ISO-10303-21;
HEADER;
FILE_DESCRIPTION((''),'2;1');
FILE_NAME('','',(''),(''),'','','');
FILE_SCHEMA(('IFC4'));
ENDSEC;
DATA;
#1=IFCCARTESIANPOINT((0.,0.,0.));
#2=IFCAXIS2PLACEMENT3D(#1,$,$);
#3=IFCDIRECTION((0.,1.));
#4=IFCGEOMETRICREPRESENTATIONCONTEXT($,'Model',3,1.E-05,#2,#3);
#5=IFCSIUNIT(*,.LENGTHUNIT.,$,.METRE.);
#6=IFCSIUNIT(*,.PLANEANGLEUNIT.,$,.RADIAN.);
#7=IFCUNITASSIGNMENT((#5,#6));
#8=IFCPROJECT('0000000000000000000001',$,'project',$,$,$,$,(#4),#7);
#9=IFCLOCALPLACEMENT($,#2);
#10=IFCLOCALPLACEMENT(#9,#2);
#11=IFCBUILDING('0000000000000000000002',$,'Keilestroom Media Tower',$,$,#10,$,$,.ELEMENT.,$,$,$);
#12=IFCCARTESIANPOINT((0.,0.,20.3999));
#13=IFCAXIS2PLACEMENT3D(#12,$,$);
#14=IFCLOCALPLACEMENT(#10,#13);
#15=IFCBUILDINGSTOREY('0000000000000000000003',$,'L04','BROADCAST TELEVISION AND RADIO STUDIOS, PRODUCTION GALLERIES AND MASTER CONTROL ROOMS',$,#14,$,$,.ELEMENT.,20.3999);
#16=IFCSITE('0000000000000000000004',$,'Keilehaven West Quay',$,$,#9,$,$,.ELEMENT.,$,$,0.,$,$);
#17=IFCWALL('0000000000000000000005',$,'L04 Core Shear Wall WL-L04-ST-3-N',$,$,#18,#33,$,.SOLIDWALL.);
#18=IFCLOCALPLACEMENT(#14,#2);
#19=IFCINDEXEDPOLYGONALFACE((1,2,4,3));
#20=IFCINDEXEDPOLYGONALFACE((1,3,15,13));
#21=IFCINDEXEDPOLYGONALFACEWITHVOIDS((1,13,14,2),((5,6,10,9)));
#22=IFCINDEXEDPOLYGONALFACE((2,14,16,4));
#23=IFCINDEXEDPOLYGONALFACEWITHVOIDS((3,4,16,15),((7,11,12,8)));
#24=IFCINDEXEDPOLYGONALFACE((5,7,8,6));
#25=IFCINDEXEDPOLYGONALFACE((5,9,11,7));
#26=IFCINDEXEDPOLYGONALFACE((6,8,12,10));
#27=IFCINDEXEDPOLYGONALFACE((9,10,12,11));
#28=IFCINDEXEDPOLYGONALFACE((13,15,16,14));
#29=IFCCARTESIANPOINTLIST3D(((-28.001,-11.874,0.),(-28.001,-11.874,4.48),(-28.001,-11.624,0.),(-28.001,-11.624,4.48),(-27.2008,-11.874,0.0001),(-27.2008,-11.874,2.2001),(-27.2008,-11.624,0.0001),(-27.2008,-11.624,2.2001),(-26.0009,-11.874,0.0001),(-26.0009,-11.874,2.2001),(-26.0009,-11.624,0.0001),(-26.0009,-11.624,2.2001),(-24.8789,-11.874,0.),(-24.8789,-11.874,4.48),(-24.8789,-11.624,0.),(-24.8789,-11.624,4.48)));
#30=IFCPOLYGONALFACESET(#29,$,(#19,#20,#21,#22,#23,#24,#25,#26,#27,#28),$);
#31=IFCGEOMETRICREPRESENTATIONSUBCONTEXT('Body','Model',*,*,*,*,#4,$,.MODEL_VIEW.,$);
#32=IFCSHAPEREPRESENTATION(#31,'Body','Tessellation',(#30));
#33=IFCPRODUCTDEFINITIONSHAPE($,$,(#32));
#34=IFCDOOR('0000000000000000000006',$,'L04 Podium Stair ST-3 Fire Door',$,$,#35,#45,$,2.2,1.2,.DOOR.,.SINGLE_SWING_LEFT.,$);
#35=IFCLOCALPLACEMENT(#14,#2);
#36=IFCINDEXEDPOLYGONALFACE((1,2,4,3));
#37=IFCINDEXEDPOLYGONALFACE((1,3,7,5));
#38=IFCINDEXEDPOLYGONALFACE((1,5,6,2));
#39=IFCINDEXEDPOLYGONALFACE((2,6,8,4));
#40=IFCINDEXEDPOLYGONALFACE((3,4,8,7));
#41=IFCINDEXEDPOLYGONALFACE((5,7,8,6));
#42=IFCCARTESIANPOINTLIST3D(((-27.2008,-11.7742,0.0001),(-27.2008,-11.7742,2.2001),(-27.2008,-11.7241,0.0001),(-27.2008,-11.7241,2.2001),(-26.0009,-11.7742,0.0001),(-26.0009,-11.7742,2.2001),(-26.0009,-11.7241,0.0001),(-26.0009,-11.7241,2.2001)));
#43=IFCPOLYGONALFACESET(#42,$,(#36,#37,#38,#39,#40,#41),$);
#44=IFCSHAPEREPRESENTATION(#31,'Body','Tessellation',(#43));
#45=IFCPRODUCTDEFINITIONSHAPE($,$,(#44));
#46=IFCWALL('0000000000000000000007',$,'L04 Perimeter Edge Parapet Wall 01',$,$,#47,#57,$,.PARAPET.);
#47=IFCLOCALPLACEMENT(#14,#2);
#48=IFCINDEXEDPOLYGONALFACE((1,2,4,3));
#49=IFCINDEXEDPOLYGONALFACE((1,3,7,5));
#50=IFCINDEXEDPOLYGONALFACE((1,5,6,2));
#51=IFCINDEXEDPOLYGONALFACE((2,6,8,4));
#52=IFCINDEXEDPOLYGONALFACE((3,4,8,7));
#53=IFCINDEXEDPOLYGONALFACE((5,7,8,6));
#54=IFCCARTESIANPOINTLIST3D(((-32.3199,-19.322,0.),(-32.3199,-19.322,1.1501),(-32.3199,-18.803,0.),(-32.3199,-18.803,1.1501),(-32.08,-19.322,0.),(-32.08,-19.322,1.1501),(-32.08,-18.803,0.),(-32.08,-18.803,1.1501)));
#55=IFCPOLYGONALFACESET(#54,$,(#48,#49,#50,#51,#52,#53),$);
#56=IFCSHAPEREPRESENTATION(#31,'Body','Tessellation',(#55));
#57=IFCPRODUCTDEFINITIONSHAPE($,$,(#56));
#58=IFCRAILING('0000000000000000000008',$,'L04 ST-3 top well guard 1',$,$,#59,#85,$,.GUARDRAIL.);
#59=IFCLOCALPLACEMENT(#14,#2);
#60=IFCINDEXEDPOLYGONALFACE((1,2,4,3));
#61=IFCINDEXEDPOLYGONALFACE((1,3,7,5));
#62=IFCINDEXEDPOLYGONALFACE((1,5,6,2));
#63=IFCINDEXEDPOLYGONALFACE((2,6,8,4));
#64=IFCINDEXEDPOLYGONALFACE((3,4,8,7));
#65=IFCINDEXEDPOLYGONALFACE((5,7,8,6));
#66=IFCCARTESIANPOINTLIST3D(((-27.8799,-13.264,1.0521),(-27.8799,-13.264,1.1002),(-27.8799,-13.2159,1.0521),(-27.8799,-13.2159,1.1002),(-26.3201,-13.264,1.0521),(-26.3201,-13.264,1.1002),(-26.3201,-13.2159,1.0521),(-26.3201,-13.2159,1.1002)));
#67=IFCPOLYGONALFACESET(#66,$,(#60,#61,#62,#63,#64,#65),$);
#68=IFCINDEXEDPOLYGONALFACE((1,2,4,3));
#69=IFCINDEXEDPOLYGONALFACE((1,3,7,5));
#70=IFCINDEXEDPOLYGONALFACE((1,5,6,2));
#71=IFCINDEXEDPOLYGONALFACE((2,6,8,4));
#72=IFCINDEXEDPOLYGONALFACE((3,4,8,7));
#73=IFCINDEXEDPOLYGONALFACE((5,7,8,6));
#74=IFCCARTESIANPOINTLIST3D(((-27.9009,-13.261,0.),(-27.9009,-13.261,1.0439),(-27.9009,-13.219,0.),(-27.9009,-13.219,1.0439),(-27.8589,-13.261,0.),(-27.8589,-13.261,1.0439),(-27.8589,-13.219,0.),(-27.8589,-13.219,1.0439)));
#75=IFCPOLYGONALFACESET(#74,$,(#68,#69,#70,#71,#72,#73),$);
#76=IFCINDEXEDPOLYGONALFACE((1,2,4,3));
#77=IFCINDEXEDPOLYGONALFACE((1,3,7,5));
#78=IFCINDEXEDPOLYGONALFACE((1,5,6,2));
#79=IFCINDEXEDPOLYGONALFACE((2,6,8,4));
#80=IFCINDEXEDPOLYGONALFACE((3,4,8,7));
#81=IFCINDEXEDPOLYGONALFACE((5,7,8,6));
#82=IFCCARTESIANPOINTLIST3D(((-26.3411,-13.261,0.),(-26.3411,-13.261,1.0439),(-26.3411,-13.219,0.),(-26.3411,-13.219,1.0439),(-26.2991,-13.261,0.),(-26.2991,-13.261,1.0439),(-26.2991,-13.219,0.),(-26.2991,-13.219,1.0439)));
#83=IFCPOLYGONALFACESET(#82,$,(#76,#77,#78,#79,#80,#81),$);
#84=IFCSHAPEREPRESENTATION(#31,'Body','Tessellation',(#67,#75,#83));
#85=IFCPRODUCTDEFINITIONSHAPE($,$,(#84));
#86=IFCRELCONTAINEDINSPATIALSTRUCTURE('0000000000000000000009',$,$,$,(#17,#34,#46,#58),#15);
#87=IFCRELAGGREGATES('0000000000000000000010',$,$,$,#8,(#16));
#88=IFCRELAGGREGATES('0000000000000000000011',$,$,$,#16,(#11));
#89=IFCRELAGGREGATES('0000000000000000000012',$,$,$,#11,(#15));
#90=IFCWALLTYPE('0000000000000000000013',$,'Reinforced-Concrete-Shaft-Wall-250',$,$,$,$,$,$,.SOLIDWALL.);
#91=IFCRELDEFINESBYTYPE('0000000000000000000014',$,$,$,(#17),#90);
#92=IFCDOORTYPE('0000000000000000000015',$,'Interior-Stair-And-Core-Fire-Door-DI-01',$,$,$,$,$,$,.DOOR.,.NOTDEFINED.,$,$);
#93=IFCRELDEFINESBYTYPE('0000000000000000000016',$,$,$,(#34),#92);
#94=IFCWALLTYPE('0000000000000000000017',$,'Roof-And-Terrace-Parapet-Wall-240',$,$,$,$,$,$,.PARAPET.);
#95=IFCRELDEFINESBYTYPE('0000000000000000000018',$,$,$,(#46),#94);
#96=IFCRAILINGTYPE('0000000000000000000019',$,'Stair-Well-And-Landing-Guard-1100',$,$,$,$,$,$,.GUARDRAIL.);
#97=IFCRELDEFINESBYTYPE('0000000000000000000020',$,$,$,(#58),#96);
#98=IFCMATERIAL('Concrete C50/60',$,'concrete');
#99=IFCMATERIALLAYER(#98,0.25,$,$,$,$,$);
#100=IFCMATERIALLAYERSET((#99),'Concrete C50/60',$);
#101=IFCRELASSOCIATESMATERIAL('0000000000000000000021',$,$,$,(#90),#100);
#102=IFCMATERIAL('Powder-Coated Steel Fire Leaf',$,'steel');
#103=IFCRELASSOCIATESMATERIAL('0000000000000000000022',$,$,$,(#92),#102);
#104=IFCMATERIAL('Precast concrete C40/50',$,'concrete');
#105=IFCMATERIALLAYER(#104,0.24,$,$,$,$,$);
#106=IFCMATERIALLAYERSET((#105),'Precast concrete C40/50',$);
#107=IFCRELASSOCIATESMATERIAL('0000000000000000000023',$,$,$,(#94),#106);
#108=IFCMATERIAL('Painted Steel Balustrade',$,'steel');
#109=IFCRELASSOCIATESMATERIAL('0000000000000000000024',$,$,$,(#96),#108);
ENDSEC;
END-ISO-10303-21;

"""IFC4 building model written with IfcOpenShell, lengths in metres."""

from ifc_helpers import new_model, si_unit, direction, frame, frame_2d, origin, origin_2d, place, context, subcontext, project, spatial, rectangle, extrude, source, transform, mapped, material, layer, layer_set, type_object, element, fill, save


model = new_model("IFC4")

# Units and contexts
model_context = context("Model", 3, precision=1e-05, world=origin(), true_north=direction((0.0, 1.0)))
body_context = subcontext(model_context, "Body", "Model", "MODEL_VIEW")
ifc_project = project(units=[si_unit("LENGTHUNIT", "METRE"), si_unit("PLANEANGLEUNIT", "RADIAN")], contexts=[model_context])

# Site, building, storey
site_placement = place(None, origin())
site = spatial("IfcSite", under=ifc_project, at=site_placement, Name="Keilehaven West Quay", CompositionType="ELEMENT", RefElevation=0.0)
building_placement = place(site_placement, origin())
building = spatial("IfcBuilding", under=site, at=building_placement, Name="Keilestroom Media Tower", CompositionType="ELEMENT")
storey_placement = place(building_placement, frame((0.0, 0.0, 20.3999)))
storey = spatial("IfcBuildingStorey", under=building, at=storey_placement, Name="L04", Description="BROADCAST TELEVISION AND RADIO STUDIOS, PRODUCTION GALLERIES AND MASTER CONTROL ROOMS", CompositionType="ELEMENT", Elevation=20.3999)

# Shared definitions
ifc_material_1 = material(Name="Precast concrete C40/50", Category="concrete")

# Shared definitions
ifc_material_2 = material(Name="Powder-Coated Steel Fire Leaf", Category="steel")
shared_shape_1 = source(origin(), body_context, "Body", "SweptSolid", [
    extrude(rectangle(XDim=1.2, YDim=2.2, at=frame_2d((0.6001, 1.1001))), frame((0.0, 0.0249, 0.0), z_axis=(0.0, -1.0, 0.0), x_axis=(1.0, 0.0, 0.0)), (0.0, 0.0, 1.0), 0.05),
])

# Shared definitions
ifc_material_3 = material(Name="Concrete C50/60", Category="concrete")
ifc_layer_1 = layer(ifc_material_3, 0.25)
ifc_layer_set_1 = layer_set([ifc_layer_1], Name="Concrete C50/60")
wall_type_1 = type_object("IfcWallType", Name="Reinforced-Concrete-Shaft-Wall-250", PredefinedType="SOLIDWALL", material=ifc_layer_set_1)

# Wall, opening, door
wall_1_placement = place(storey_placement, frame((-28.001, -11.749, 0.0), z_axis=(0.0, 0.0, 1.0), x_axis=(1.0, 0.0, 0.0)))
wall_1 = element("IfcWall", 1, at=wall_1_placement, inside=storey, type_object=wall_type_1, Name="L04 Core Shear Wall WL-L04-ST-3-N", PredefinedType="SOLIDWALL", context=body_context, shape_type="SweptSolid", body=[
    extrude(rectangle(XDim=3.1221, YDim=0.25, at=frame_2d((1.561, 0.0))), origin(), (0.0, 0.0, 1.0), 4.48),
])
opening_1_placement = place(wall_1_placement, frame((0.8, 0.0, 0.0)))
opening_1 = element("IfcOpeningElement", 2, at=opening_1_placement, cuts=wall_1, PredefinedType="OPENING", context=body_context, shape_type="SweptSolid", body=[
    extrude(rectangle(XDim=1.2, YDim=2.2, at=frame_2d((0.6001, 1.1001))), frame((0.0, 0.135, 0.0), z_axis=(0.0, -1.0, 0.0), x_axis=(1.0, 0.0, 0.0)), (0.0, 0.0, 1.0), 0.27),
])
door_type_1 = type_object("IfcDoorType", Name="Interior-Stair-And-Core-Fire-Door-DI-01", OperationType="NOTDEFINED", PredefinedType="DOOR", material=ifc_material_2)
door_1_placement = place(opening_1_placement, origin())
door_1 = element("IfcDoor", 3, at=door_1_placement, inside=storey, type_object=door_type_1, Name="L04 Podium Stair ST-3 Fire Door", OperationType="SINGLE_SWING_LEFT", OverallHeight=2.2, OverallWidth=1.2, PredefinedType="DOOR", context=body_context, shape_type="MappedRepresentation", body=[
    mapped(shared_shape_1, transform((0.0, 0.0, 0.0), x_axis=(1.0, 0.0, 0.0), y_axis=(0.0, 1.0, 0.0), z_axis=(0.0, 0.0, 1.0), scale=1.0)),
])
fill(opening_1, door_1)

# Wall
ifc_layer_2 = layer(ifc_material_1, 0.24)
ifc_layer_set_2 = layer_set([ifc_layer_2], Name="Precast concrete C40/50")
wall_type_2 = type_object("IfcWallType", Name="Roof-And-Terrace-Parapet-Wall-240", PredefinedType="PARAPET", material=ifc_layer_set_2)
wall_2_placement = place(storey_placement, frame((-32.2, -19.322, 0.0), z_axis=(0.0, 0.0, 1.0), x_axis=(0.0, 1.0, 0.0)))
element("IfcWall", 4, at=wall_2_placement, inside=storey, type_object=wall_type_2, Name="L04 Perimeter Edge Parapet Wall 01", PredefinedType="PARAPET", context=body_context, shape_type="SweptSolid", body=[
    extrude(rectangle(XDim=0.519, YDim=0.24, at=frame_2d((0.2595, 0.0))), origin(), (0.0, 0.0, 1.0), 1.1501),
])

# Railing
ifc_material_4 = material(Name="Painted Steel Balustrade", Category="steel")
railing_type = type_object("IfcRailingType", Name="Stair-Well-And-Landing-Guard-1100", PredefinedType="GUARDRAIL", material=ifc_material_4)
railing_placement = place(storey_placement, frame((-27.8799, -13.24, 0.0)))
element("IfcRailing", 5, at=railing_placement, inside=storey, type_object=railing_type, Name="L04 ST-3 top well guard 1", PredefinedType="GUARDRAIL", context=body_context, shape_type="SweptSolid", body=[
    extrude(rectangle(XDim=0.0481, YDim=0.0481, at=origin_2d()), frame((0.0, 0.0, 1.0762), z_axis=(1.0, 0.0, 0.0), x_axis=(0.0, 1.0, 0.0)), (0.0, 0.0, 1.0), 1.5598),
    extrude(rectangle(XDim=0.042, YDim=0.042, at=origin_2d()), origin(), (0.0, 0.0, 1.0), 1.0439),
    extrude(rectangle(XDim=0.042, YDim=0.042, at=origin_2d()), frame((1.5598, 0.0, 0.0)), (0.0, 0.0, 1.0), 1.0439),
])

save(model, "model.ifc")
